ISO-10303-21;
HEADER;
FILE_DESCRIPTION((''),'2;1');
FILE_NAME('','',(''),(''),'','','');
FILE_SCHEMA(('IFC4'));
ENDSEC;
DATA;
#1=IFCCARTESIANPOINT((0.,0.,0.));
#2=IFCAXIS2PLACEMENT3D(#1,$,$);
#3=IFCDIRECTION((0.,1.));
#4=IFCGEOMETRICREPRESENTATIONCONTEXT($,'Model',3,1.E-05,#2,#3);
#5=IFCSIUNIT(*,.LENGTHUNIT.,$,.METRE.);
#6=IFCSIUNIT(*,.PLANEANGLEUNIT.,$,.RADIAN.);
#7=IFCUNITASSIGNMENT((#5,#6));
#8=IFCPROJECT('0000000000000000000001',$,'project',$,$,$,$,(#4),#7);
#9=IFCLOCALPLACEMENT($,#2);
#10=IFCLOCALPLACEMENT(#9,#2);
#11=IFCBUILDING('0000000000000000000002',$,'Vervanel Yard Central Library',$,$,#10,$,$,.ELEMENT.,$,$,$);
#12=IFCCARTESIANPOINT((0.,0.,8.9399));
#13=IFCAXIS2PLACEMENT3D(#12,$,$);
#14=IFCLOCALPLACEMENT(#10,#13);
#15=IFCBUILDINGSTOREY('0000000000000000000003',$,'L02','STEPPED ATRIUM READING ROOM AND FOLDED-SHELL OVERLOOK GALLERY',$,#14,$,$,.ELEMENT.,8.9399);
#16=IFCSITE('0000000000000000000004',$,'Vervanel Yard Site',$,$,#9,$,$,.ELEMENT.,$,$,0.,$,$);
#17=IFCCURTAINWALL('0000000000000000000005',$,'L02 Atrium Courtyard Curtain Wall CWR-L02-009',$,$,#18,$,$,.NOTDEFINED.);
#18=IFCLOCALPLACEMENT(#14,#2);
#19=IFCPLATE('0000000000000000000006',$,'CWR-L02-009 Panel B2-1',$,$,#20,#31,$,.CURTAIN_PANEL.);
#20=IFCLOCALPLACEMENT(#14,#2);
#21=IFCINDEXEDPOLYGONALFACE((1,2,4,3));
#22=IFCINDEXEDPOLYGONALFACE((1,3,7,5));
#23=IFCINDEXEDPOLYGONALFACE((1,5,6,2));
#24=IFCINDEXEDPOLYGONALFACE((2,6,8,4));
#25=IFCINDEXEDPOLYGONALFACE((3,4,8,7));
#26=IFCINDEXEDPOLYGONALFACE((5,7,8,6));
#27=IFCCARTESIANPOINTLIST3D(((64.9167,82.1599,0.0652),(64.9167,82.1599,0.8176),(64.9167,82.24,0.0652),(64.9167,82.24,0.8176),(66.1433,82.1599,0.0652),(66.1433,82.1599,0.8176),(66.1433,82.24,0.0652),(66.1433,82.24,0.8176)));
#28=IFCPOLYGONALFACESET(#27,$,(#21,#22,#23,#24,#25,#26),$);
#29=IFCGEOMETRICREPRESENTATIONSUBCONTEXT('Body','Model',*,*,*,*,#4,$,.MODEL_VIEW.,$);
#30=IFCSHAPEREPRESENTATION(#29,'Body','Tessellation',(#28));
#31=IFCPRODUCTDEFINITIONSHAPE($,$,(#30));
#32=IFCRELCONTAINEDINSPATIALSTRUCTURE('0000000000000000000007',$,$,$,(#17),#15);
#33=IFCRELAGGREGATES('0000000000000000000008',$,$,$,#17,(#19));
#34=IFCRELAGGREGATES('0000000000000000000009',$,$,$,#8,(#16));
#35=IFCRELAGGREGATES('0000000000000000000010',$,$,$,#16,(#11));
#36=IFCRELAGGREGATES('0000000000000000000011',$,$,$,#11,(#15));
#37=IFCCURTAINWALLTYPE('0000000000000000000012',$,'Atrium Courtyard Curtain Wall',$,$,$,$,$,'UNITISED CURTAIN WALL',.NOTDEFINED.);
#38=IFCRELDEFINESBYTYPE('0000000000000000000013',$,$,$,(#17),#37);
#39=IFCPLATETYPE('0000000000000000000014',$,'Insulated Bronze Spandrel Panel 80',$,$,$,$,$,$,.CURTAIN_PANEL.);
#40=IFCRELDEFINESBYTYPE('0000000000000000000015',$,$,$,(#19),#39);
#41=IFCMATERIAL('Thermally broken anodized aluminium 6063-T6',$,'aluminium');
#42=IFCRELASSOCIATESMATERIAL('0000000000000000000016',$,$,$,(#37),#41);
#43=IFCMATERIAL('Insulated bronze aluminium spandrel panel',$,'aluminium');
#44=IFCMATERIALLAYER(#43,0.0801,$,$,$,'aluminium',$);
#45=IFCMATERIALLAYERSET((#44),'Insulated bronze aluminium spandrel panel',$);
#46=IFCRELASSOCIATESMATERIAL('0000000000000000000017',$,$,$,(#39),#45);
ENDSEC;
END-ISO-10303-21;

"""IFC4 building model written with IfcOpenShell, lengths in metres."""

from ifc_helpers import new_model, si_unit, direction, frame, origin, origin_2d, place, context, subcontext, project, spatial, rectangle, extrude, material, layer, layer_set, type_object, element, aggregate, save


model = new_model("IFC4")

# Units and contexts
model_context = context("Model", 3, precision=1e-05, world=origin(), true_north=direction((0.0, 1.0)))
body_context = subcontext(model_context, "Body", "Model", "MODEL_VIEW")
ifc_project = project(units=[si_unit("LENGTHUNIT", "METRE"), si_unit("PLANEANGLEUNIT", "RADIAN")], contexts=[model_context])

# Site, building, storey
site_placement = place(None, origin())
site = spatial("IfcSite", under=ifc_project, at=site_placement, Name="Vervanel Yard Site", CompositionType="ELEMENT", RefElevation=0.0)
building_placement = place(site_placement, origin())
building = spatial("IfcBuilding", under=site, at=building_placement, Name="Vervanel Yard Central Library", CompositionType="ELEMENT")
storey_placement = place(building_placement, frame((0.0, 0.0, 8.9399)))
storey = spatial("IfcBuildingStorey", under=building, at=storey_placement, Name="L02", Description="STEPPED ATRIUM READING ROOM AND FOLDED-SHELL OVERLOOK GALLERY", CompositionType="ELEMENT", Elevation=8.9399)

# Curtain wall
ifc_material_1 = material(Name="Thermally broken anodized aluminium 6063-T6", Category="aluminium")
curtain_wall_type = type_object("IfcCurtainWallType", Name="Atrium Courtyard Curtain Wall", ElementType="UNITISED CURTAIN WALL", PredefinedType="NOTDEFINED", material=ifc_material_1)
curtain_wall_1_placement = place(storey_placement, origin())
curtain_wall_1 = element("IfcCurtainWall", 1, at=curtain_wall_1_placement, inside=storey, type_object=curtain_wall_type, Name="L02 Atrium Courtyard Curtain Wall CWR-L02-009", PredefinedType="NOTDEFINED")

# Plate
ifc_material_2 = material(Name="Insulated bronze aluminium spandrel panel", Category="aluminium")
ifc_layer_1 = layer(ifc_material_2, 0.0801, Category="aluminium")
ifc_layer_set_1 = layer_set([ifc_layer_1], Name="Insulated bronze aluminium spandrel panel")
plate_type_1 = type_object("IfcPlateType", Name="Insulated Bronze Spandrel Panel 80", PredefinedType="CURTAIN_PANEL", material=ifc_layer_set_1)
plate_1_placement = place(storey_placement, frame((65.53, 82.2, 0.0652), z_axis=(0.0, 0.0, 1.0), x_axis=(1.0, 0.0, 0.0)))
plate_1 = element("IfcPlate", 2, at=plate_1_placement, type_object=plate_type_1, Name="CWR-L02-009 Panel B2-1", PredefinedType="CURTAIN_PANEL", context=body_context, shape_type="SweptSolid", body=[
    extrude(rectangle(XDim=1.2266, YDim=0.0801, at=origin_2d()), origin(), (0.0, 0.0, 1.0), 0.7524),
])
aggregate(curtain_wall_1, [plate_1])

save(model, "model.ifc")
